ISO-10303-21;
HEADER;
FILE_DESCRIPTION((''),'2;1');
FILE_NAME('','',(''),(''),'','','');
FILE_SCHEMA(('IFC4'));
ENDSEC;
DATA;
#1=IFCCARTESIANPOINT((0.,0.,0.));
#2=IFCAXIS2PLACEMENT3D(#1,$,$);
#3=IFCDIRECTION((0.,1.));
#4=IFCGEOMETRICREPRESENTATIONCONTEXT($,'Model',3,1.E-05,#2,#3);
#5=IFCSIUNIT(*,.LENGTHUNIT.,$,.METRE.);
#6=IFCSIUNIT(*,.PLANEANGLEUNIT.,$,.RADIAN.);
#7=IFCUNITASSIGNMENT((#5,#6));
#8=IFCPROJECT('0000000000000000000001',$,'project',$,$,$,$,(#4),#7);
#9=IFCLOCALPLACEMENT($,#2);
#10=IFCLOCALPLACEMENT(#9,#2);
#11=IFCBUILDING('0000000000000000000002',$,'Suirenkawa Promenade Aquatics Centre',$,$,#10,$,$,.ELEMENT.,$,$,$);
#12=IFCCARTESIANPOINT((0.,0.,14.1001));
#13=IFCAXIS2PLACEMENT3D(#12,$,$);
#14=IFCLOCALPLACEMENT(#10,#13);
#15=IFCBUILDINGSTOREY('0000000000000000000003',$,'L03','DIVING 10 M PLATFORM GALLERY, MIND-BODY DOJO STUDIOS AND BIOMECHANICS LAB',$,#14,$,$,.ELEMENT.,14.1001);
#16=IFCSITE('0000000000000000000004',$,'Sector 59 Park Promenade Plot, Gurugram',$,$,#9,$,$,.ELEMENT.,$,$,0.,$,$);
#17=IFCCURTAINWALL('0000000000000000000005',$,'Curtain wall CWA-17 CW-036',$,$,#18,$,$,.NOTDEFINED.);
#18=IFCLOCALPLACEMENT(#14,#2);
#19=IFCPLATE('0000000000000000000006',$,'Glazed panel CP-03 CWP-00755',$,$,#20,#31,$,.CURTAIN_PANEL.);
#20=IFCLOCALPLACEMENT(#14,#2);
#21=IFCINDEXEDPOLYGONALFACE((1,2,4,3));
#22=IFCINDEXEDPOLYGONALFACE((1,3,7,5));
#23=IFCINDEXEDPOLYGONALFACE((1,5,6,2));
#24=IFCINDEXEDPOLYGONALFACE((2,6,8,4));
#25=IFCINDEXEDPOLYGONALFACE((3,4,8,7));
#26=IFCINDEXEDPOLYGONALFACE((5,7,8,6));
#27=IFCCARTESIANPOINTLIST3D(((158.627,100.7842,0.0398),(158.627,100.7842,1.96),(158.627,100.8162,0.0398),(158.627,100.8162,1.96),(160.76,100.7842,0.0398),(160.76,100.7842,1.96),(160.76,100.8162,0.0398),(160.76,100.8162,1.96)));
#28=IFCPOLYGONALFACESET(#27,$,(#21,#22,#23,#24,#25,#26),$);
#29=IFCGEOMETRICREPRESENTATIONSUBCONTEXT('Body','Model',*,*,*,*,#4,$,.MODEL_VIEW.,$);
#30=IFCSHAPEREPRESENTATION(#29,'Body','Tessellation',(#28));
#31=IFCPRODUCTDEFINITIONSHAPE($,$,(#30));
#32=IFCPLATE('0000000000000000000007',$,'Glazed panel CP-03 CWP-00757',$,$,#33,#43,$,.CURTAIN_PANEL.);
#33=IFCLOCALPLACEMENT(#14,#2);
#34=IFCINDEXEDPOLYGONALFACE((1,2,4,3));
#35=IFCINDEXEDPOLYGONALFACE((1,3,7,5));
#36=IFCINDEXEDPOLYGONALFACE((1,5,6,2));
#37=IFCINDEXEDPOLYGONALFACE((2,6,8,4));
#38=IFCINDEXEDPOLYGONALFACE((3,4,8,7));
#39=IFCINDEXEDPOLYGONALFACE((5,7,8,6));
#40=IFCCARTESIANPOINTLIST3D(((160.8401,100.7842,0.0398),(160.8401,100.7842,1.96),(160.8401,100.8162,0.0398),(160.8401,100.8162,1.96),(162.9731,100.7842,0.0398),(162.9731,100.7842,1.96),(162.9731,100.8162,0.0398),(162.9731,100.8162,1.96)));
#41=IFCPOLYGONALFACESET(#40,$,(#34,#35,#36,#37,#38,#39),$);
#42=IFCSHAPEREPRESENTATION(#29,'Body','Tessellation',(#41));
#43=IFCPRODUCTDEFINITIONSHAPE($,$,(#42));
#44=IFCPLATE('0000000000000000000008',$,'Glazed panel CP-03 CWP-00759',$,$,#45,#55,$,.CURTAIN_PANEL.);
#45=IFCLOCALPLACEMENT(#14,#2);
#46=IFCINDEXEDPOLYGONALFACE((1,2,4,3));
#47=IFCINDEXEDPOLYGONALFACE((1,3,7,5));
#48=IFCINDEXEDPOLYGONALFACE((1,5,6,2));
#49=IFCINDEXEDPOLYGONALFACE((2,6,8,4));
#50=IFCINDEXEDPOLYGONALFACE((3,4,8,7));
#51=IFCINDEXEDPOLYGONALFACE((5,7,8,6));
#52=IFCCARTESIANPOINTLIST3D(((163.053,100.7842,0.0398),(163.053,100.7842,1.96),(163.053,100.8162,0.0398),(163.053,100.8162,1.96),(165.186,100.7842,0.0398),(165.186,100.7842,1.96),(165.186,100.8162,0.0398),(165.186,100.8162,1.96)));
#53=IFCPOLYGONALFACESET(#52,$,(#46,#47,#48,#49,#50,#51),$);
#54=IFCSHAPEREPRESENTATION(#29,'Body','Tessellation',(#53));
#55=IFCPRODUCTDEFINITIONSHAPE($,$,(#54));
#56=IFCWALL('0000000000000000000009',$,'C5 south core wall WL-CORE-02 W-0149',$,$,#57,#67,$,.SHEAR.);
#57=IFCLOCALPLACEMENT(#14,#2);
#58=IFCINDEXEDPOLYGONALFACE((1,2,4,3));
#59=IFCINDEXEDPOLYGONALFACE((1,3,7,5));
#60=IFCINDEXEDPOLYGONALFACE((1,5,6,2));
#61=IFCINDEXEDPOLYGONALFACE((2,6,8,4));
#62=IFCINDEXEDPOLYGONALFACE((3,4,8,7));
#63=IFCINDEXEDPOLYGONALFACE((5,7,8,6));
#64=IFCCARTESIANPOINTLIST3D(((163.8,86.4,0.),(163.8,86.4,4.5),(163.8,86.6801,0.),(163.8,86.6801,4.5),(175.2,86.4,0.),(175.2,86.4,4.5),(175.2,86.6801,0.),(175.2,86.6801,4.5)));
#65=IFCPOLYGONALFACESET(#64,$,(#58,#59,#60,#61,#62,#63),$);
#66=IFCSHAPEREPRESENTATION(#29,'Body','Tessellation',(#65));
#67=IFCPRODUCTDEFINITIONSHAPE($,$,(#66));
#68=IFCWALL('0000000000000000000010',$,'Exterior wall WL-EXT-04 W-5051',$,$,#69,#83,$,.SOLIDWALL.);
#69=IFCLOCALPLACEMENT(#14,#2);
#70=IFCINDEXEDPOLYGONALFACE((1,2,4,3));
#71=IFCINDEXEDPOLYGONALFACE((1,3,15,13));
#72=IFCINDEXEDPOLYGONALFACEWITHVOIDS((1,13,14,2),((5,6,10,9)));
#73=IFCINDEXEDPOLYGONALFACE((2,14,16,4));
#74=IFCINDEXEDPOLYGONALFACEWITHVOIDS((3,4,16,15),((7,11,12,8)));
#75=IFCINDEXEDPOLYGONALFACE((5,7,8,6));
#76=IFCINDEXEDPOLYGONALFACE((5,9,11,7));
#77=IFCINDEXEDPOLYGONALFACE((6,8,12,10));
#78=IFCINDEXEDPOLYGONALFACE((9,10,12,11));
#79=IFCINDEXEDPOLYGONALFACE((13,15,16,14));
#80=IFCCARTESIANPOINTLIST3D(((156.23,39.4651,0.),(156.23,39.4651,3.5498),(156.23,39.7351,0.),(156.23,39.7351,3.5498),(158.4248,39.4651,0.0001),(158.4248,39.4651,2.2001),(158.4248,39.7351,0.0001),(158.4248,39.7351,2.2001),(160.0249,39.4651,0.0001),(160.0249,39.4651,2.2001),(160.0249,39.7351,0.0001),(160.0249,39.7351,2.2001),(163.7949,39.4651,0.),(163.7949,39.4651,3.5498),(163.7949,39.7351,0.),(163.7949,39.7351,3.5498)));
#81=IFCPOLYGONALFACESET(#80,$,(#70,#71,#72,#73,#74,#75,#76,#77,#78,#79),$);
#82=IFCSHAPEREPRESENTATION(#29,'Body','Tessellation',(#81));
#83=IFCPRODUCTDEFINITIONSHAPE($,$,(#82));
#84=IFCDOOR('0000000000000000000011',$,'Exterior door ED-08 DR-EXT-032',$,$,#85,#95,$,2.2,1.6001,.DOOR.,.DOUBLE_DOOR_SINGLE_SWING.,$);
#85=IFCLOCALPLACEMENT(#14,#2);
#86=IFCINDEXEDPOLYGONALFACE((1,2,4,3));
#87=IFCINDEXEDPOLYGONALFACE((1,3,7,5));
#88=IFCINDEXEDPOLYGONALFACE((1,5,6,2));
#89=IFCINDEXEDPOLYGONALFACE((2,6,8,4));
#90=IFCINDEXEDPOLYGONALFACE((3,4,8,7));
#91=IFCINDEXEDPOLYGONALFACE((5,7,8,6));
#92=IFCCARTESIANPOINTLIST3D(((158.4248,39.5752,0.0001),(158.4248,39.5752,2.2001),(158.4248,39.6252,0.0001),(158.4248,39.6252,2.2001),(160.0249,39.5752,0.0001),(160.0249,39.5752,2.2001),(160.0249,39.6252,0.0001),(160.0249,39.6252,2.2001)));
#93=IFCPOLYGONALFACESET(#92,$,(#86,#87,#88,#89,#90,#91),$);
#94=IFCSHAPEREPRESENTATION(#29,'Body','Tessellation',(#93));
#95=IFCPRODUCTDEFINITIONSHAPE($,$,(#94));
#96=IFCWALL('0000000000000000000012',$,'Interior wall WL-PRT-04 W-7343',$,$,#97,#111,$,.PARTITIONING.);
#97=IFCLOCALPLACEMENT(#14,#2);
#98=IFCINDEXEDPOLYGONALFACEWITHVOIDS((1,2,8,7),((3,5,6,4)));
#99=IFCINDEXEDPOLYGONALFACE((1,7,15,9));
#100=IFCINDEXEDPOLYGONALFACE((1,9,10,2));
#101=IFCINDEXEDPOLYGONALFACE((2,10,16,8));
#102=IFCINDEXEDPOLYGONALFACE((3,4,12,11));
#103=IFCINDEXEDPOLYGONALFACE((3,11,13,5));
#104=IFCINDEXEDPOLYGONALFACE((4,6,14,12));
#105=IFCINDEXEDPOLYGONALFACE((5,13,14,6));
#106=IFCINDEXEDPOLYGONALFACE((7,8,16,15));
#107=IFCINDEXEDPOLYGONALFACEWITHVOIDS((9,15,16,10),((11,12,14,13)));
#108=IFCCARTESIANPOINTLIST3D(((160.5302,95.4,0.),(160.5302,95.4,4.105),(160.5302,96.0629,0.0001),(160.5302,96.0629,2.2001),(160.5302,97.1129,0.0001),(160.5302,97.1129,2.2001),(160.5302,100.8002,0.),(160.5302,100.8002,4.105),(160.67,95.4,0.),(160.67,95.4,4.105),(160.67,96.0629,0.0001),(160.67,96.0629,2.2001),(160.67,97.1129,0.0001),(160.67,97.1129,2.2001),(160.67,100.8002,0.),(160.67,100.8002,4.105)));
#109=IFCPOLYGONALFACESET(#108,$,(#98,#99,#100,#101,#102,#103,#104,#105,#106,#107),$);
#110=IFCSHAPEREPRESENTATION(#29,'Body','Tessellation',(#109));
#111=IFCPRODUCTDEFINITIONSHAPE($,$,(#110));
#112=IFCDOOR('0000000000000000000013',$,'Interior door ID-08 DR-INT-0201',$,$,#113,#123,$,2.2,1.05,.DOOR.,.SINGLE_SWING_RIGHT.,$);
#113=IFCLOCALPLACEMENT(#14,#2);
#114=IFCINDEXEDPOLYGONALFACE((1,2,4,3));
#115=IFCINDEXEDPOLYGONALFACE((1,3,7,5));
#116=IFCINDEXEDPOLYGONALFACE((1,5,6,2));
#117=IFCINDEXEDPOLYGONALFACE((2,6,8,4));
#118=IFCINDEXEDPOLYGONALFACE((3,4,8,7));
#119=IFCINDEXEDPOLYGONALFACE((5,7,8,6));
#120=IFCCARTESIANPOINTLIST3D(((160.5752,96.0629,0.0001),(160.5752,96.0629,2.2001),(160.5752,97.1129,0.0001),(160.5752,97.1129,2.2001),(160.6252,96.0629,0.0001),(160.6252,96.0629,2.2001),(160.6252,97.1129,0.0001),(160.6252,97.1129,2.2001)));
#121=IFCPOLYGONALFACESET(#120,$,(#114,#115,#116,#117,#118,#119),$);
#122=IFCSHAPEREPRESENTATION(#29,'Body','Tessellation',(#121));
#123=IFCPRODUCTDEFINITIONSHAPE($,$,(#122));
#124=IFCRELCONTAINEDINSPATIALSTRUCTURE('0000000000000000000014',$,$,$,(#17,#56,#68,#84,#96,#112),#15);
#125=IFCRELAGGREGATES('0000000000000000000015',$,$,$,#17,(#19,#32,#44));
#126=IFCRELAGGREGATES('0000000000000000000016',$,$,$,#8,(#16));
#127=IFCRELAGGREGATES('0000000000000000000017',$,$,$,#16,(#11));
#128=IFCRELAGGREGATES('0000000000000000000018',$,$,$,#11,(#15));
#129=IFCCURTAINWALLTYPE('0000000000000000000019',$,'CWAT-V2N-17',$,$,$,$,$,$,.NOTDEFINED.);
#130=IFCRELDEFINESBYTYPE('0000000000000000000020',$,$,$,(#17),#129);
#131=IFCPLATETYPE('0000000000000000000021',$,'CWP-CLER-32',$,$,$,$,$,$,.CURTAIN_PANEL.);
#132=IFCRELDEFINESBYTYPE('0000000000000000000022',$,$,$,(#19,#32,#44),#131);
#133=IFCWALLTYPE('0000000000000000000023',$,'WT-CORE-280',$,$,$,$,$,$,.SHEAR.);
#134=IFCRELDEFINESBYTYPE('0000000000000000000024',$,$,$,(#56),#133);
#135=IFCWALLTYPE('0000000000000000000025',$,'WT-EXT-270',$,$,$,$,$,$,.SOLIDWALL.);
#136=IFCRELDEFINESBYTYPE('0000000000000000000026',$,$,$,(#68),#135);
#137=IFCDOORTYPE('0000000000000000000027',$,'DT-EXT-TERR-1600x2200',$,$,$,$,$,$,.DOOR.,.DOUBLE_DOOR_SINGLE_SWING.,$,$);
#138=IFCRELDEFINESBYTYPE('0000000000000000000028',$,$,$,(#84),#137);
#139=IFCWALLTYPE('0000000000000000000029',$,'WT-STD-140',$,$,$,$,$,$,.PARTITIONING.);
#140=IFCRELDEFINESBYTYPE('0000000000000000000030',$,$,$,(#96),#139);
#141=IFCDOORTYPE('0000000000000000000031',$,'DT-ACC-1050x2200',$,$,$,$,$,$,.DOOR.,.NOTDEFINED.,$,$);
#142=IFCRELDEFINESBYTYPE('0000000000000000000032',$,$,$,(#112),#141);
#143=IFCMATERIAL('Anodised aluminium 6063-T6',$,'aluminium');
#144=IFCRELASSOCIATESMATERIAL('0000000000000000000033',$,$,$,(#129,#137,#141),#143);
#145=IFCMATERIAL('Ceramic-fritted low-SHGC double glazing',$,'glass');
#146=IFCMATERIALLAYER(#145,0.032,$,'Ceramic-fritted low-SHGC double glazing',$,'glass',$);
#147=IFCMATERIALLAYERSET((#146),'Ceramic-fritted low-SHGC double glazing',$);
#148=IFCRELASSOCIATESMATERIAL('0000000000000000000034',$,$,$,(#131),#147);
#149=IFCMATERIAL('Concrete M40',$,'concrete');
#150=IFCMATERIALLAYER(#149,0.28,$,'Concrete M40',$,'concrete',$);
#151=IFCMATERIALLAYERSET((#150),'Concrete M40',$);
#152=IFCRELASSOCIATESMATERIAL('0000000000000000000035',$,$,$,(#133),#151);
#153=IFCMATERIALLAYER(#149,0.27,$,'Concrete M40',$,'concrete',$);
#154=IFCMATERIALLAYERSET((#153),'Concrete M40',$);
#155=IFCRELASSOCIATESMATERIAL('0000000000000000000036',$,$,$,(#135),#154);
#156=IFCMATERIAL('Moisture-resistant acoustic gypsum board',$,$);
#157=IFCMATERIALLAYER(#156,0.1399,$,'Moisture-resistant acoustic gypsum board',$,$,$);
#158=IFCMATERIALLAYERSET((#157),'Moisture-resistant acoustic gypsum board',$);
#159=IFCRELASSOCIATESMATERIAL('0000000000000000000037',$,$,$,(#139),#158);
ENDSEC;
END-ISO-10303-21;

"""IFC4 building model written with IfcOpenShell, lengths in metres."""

from ifc_helpers import new_model, si_unit, direction, frame, frame_2d, origin, place, context, subcontext, project, spatial, polyline, rectangle, outline, extrude, material, layer, layer_set, type_object, element, fill, aggregate, save


model = new_model("IFC4")

# Units and contexts
model_context = context("Model", 3, precision=1e-05, world=origin(), true_north=direction((0.0, 1.0)))
body_context = subcontext(model_context, "Body", "Model", "MODEL_VIEW")
ifc_project = project(units=[si_unit("LENGTHUNIT", "METRE"), si_unit("PLANEANGLEUNIT", "RADIAN")], contexts=[model_context])

# Site, building, storey
site_placement = place(None, origin())
site = spatial("IfcSite", under=ifc_project, at=site_placement, Name="Sector 59 Park Promenade Plot, Gurugram", CompositionType="ELEMENT", RefElevation=0.0)
building_placement = place(site_placement, origin())
building = spatial("IfcBuilding", under=site, at=building_placement, Name="Suirenkawa Promenade Aquatics Centre", CompositionType="ELEMENT")
storey_placement = place(building_placement, frame((0.0, 0.0, 14.1001)))
storey = spatial("IfcBuildingStorey", under=building, at=storey_placement, Name="L03", Description="DIVING 10 M PLATFORM GALLERY, MIND-BODY DOJO STUDIOS AND BIOMECHANICS LAB", CompositionType="ELEMENT", Elevation=14.1001)

# Curtain wall, plates
ifc_material_1 = material(Name="Anodised aluminium 6063-T6", Category="aluminium")
curtain_wall_type = type_object("IfcCurtainWallType", Name="CWAT-V2N-17", PredefinedType="NOTDEFINED", material=ifc_material_1)
curtain_wall_placement = place(storey_placement, origin())
curtain_wall = element("IfcCurtainWall", 1, at=curtain_wall_placement, inside=storey, type_object=curtain_wall_type, Name="Curtain wall CWA-17 CW-036", PredefinedType="NOTDEFINED")
ifc_material_2 = material(Name="Ceramic-fritted low-SHGC double glazing", Category="glass")
ifc_layer_1 = layer(ifc_material_2, 0.032, Name="Ceramic-fritted low-SHGC double glazing", Category="glass")
ifc_layer_set_1 = layer_set([ifc_layer_1], Name="Ceramic-fritted low-SHGC double glazing")
plate_type = type_object("IfcPlateType", Name="CWP-CLER-32", PredefinedType="CURTAIN_PANEL", material=ifc_layer_set_1)
plate_1_placement = place(storey_placement, frame((158.5869, 100.8, 0.0398), z_axis=(0.0, 0.0, 1.0), x_axis=(1.0, 0.0, 0.0)))
plate_1 = element("IfcPlate", 2, at=plate_1_placement, type_object=plate_type, Name="Glazed panel CP-03 CWP-00755", PredefinedType="CURTAIN_PANEL", context=body_context, shape_type="SweptSolid", body=[
    extrude(outline(polyline([(0.04, 0.0), (2.1731, 0.0), (2.1731, 1.9202), (0.04, 1.9202), (0.04, 0.0)])), frame((0.0, 0.0161, 0.0), z_axis=(0.0, -1.0, 0.0), x_axis=(1.0, 0.0, 0.0)), (0.0, 0.0, 1.0), 0.032),
])
plate_2_placement = place(storey_placement, frame((160.8, 100.8, 0.0398), z_axis=(0.0, 0.0, 1.0), x_axis=(1.0, 0.0, 0.0)))
plate_2 = element("IfcPlate", 3, at=plate_2_placement, type_object=plate_type, Name="Glazed panel CP-03 CWP-00757", PredefinedType="CURTAIN_PANEL", context=body_context, shape_type="SweptSolid", body=[
    extrude(outline(polyline([(0.04, 0.0), (2.1731, 0.0), (2.1731, 1.9202), (0.04, 1.9202), (0.04, 0.0)])), frame((0.0, 0.0161, 0.0), z_axis=(0.0, -1.0, 0.0), x_axis=(1.0, 0.0, 0.0)), (0.0, 0.0, 1.0), 0.032),
])
plate_3_placement = place(storey_placement, frame((163.0129, 100.8, 0.0398), z_axis=(0.0, 0.0, 1.0), x_axis=(1.0, 0.0, 0.0)))
plate_3 = element("IfcPlate", 4, at=plate_3_placement, type_object=plate_type, Name="Glazed panel CP-03 CWP-00759", PredefinedType="CURTAIN_PANEL", context=body_context, shape_type="SweptSolid", body=[
    extrude(outline(polyline([(0.04, 0.0), (2.1731, 0.0), (2.1731, 1.9202), (0.04, 1.9202), (0.04, 0.0)])), frame((0.0, 0.0161, 0.0), z_axis=(0.0, -1.0, 0.0), x_axis=(1.0, 0.0, 0.0)), (0.0, 0.0, 1.0), 0.032),
])
aggregate(curtain_wall, [plate_1, plate_2, plate_3])

# Wall
ifc_material_3 = material(Name="Concrete M40", Category="concrete")
ifc_layer_2 = layer(ifc_material_3, 0.28, Name="Concrete M40", Category="concrete")
ifc_layer_set_2 = layer_set([ifc_layer_2], Name="Concrete M40")
wall_type_1 = type_object("IfcWallType", Name="WT-CORE-280", PredefinedType="SHEAR", material=ifc_layer_set_2)
wall_1_placement = place(storey_placement, frame((163.8, 86.54, 0.0), z_axis=(0.0, 0.0, 1.0), x_axis=(1.0, 0.0, 0.0)))
element("IfcWall", 5, at=wall_1_placement, inside=storey, type_object=wall_type_1, Name="C5 south core wall WL-CORE-02 W-0149", PredefinedType="SHEAR", context=body_context, shape_type="SweptSolid", body=[
    extrude(rectangle(XDim=11.3999, YDim=0.28, at=frame_2d((5.7, 0.0))), origin(), (0.0, 0.0, 1.0), 4.5),
])

# Walls, openings, doors
ifc_layer_3 = layer(ifc_material_3, 0.27, Name="Concrete M40", Category="concrete")
ifc_layer_set_3 = layer_set([ifc_layer_3], Name="Concrete M40")
wall_type_2 = type_object("IfcWallType", Name="WT-EXT-270", PredefinedType="SOLIDWALL", material=ifc_layer_set_3)
wall_2_placement = place(storey_placement, frame((163.7949, 39.6001, 0.0), z_axis=(0.0, 0.0, 1.0), x_axis=(-1.0, 0.0, 0.0)))
wall_2 = element("IfcWall", 6, at=wall_2_placement, inside=storey, type_object=wall_type_2, Name="Exterior wall WL-EXT-04 W-5051", PredefinedType="SOLIDWALL", context=body_context, shape_type="SweptSolid", body=[
    extrude(rectangle(XDim=7.5649, YDim=0.27, at=frame_2d((3.7825, 0.0))), origin(), (0.0, 0.0, 1.0), 3.5498),
])
opening_1_placement = place(wall_2_placement, frame((3.77, 0.0, 0.0)))
opening_1 = element("IfcOpeningElement", 7, at=opening_1_placement, cuts=wall_2, PredefinedType="OPENING", context=body_context, shape_type="SweptSolid", body=[
    extrude(rectangle(XDim=1.6001, YDim=2.2, at=frame_2d((0.8, 1.1001))), frame((0.0, 0.145, 0.0), z_axis=(0.0, -1.0, 0.0), x_axis=(1.0, 0.0, 0.0)), (0.0, 0.0, 1.0), 0.29),
])
door_type_1 = type_object("IfcDoorType", Name="DT-EXT-TERR-1600x2200", OperationType="DOUBLE_DOOR_SINGLE_SWING", PredefinedType="DOOR", material=ifc_material_1)
door_1_placement = place(opening_1_placement, origin())
door_1 = element("IfcDoor", 8, at=door_1_placement, inside=storey, type_object=door_type_1, Name="Exterior door ED-08 DR-EXT-032", OperationType="DOUBLE_DOOR_SINGLE_SWING", OverallHeight=2.2, OverallWidth=1.6001, PredefinedType="DOOR", context=body_context, shape_type="SweptSolid", body=[
    extrude(rectangle(XDim=1.6001, YDim=2.2, at=frame_2d((0.8, 1.1001))), frame((0.0, 0.0249, 0.0), z_axis=(0.0, -1.0, 0.0), x_axis=(1.0, 0.0, 0.0)), (0.0, 0.0, 1.0), 0.05),
])
fill(opening_1, door_1)
ifc_material_4 = material(Name="Moisture-resistant acoustic gypsum board")
ifc_layer_4 = layer(ifc_material_4, 0.1399, Name="Moisture-resistant acoustic gypsum board")
ifc_layer_set_4 = layer_set([ifc_layer_4], Name="Moisture-resistant acoustic gypsum board")
wall_type_3 = type_object("IfcWallType", Name="WT-STD-140", PredefinedType="PARTITIONING", material=ifc_layer_set_4)
wall_3_placement = place(storey_placement, frame((160.6001, 95.3999, 0.0), z_axis=(0.0, 0.0, 1.0), x_axis=(0.0, 1.0, 0.0)))
wall_3 = element("IfcWall", 9, at=wall_3_placement, inside=storey, type_object=wall_type_3, Name="Interior wall WL-PRT-04 W-7343", PredefinedType="PARTITIONING", context=body_context, shape_type="SweptSolid", body=[
    extrude(rectangle(XDim=5.4001, YDim=0.1399, at=frame_2d((2.7002, 0.0))), origin(), (0.0, 0.0, 1.0), 4.105),
])
opening_2_placement = place(wall_3_placement, frame((0.6631, 0.0, 0.0)))
opening_2 = element("IfcOpeningElement", 10, at=opening_2_placement, cuts=wall_3, PredefinedType="OPENING", context=body_context, shape_type="SweptSolid", body=[
    extrude(rectangle(XDim=1.05, YDim=2.2, at=frame_2d((0.5249, 1.1001))), frame((0.0, 0.0798, 0.0), z_axis=(0.0, -1.0, 0.0), x_axis=(1.0, 0.0, 0.0)), (0.0, 0.0, 1.0), 0.1599),
])
door_type_2 = type_object("IfcDoorType", Name="DT-ACC-1050x2200", OperationType="NOTDEFINED", PredefinedType="DOOR", material=ifc_material_1)
door_2_placement = place(opening_2_placement, origin())
door_2 = element("IfcDoor", 11, at=door_2_placement, inside=storey, type_object=door_type_2, Name="Interior door ID-08 DR-INT-0201", OperationType="SINGLE_SWING_RIGHT", OverallHeight=2.2, OverallWidth=1.05, PredefinedType="DOOR", context=body_context, shape_type="SweptSolid", body=[
    extrude(rectangle(XDim=1.05, YDim=2.2, at=frame_2d((0.5249, 1.1001))), frame((0.0, 0.0249, 0.0), z_axis=(0.0, -1.0, 0.0), x_axis=(1.0, 0.0, 0.0)), (0.0, 0.0, 1.0), 0.05),
])
fill(opening_2, door_2)

save(model, "model.ifc")
